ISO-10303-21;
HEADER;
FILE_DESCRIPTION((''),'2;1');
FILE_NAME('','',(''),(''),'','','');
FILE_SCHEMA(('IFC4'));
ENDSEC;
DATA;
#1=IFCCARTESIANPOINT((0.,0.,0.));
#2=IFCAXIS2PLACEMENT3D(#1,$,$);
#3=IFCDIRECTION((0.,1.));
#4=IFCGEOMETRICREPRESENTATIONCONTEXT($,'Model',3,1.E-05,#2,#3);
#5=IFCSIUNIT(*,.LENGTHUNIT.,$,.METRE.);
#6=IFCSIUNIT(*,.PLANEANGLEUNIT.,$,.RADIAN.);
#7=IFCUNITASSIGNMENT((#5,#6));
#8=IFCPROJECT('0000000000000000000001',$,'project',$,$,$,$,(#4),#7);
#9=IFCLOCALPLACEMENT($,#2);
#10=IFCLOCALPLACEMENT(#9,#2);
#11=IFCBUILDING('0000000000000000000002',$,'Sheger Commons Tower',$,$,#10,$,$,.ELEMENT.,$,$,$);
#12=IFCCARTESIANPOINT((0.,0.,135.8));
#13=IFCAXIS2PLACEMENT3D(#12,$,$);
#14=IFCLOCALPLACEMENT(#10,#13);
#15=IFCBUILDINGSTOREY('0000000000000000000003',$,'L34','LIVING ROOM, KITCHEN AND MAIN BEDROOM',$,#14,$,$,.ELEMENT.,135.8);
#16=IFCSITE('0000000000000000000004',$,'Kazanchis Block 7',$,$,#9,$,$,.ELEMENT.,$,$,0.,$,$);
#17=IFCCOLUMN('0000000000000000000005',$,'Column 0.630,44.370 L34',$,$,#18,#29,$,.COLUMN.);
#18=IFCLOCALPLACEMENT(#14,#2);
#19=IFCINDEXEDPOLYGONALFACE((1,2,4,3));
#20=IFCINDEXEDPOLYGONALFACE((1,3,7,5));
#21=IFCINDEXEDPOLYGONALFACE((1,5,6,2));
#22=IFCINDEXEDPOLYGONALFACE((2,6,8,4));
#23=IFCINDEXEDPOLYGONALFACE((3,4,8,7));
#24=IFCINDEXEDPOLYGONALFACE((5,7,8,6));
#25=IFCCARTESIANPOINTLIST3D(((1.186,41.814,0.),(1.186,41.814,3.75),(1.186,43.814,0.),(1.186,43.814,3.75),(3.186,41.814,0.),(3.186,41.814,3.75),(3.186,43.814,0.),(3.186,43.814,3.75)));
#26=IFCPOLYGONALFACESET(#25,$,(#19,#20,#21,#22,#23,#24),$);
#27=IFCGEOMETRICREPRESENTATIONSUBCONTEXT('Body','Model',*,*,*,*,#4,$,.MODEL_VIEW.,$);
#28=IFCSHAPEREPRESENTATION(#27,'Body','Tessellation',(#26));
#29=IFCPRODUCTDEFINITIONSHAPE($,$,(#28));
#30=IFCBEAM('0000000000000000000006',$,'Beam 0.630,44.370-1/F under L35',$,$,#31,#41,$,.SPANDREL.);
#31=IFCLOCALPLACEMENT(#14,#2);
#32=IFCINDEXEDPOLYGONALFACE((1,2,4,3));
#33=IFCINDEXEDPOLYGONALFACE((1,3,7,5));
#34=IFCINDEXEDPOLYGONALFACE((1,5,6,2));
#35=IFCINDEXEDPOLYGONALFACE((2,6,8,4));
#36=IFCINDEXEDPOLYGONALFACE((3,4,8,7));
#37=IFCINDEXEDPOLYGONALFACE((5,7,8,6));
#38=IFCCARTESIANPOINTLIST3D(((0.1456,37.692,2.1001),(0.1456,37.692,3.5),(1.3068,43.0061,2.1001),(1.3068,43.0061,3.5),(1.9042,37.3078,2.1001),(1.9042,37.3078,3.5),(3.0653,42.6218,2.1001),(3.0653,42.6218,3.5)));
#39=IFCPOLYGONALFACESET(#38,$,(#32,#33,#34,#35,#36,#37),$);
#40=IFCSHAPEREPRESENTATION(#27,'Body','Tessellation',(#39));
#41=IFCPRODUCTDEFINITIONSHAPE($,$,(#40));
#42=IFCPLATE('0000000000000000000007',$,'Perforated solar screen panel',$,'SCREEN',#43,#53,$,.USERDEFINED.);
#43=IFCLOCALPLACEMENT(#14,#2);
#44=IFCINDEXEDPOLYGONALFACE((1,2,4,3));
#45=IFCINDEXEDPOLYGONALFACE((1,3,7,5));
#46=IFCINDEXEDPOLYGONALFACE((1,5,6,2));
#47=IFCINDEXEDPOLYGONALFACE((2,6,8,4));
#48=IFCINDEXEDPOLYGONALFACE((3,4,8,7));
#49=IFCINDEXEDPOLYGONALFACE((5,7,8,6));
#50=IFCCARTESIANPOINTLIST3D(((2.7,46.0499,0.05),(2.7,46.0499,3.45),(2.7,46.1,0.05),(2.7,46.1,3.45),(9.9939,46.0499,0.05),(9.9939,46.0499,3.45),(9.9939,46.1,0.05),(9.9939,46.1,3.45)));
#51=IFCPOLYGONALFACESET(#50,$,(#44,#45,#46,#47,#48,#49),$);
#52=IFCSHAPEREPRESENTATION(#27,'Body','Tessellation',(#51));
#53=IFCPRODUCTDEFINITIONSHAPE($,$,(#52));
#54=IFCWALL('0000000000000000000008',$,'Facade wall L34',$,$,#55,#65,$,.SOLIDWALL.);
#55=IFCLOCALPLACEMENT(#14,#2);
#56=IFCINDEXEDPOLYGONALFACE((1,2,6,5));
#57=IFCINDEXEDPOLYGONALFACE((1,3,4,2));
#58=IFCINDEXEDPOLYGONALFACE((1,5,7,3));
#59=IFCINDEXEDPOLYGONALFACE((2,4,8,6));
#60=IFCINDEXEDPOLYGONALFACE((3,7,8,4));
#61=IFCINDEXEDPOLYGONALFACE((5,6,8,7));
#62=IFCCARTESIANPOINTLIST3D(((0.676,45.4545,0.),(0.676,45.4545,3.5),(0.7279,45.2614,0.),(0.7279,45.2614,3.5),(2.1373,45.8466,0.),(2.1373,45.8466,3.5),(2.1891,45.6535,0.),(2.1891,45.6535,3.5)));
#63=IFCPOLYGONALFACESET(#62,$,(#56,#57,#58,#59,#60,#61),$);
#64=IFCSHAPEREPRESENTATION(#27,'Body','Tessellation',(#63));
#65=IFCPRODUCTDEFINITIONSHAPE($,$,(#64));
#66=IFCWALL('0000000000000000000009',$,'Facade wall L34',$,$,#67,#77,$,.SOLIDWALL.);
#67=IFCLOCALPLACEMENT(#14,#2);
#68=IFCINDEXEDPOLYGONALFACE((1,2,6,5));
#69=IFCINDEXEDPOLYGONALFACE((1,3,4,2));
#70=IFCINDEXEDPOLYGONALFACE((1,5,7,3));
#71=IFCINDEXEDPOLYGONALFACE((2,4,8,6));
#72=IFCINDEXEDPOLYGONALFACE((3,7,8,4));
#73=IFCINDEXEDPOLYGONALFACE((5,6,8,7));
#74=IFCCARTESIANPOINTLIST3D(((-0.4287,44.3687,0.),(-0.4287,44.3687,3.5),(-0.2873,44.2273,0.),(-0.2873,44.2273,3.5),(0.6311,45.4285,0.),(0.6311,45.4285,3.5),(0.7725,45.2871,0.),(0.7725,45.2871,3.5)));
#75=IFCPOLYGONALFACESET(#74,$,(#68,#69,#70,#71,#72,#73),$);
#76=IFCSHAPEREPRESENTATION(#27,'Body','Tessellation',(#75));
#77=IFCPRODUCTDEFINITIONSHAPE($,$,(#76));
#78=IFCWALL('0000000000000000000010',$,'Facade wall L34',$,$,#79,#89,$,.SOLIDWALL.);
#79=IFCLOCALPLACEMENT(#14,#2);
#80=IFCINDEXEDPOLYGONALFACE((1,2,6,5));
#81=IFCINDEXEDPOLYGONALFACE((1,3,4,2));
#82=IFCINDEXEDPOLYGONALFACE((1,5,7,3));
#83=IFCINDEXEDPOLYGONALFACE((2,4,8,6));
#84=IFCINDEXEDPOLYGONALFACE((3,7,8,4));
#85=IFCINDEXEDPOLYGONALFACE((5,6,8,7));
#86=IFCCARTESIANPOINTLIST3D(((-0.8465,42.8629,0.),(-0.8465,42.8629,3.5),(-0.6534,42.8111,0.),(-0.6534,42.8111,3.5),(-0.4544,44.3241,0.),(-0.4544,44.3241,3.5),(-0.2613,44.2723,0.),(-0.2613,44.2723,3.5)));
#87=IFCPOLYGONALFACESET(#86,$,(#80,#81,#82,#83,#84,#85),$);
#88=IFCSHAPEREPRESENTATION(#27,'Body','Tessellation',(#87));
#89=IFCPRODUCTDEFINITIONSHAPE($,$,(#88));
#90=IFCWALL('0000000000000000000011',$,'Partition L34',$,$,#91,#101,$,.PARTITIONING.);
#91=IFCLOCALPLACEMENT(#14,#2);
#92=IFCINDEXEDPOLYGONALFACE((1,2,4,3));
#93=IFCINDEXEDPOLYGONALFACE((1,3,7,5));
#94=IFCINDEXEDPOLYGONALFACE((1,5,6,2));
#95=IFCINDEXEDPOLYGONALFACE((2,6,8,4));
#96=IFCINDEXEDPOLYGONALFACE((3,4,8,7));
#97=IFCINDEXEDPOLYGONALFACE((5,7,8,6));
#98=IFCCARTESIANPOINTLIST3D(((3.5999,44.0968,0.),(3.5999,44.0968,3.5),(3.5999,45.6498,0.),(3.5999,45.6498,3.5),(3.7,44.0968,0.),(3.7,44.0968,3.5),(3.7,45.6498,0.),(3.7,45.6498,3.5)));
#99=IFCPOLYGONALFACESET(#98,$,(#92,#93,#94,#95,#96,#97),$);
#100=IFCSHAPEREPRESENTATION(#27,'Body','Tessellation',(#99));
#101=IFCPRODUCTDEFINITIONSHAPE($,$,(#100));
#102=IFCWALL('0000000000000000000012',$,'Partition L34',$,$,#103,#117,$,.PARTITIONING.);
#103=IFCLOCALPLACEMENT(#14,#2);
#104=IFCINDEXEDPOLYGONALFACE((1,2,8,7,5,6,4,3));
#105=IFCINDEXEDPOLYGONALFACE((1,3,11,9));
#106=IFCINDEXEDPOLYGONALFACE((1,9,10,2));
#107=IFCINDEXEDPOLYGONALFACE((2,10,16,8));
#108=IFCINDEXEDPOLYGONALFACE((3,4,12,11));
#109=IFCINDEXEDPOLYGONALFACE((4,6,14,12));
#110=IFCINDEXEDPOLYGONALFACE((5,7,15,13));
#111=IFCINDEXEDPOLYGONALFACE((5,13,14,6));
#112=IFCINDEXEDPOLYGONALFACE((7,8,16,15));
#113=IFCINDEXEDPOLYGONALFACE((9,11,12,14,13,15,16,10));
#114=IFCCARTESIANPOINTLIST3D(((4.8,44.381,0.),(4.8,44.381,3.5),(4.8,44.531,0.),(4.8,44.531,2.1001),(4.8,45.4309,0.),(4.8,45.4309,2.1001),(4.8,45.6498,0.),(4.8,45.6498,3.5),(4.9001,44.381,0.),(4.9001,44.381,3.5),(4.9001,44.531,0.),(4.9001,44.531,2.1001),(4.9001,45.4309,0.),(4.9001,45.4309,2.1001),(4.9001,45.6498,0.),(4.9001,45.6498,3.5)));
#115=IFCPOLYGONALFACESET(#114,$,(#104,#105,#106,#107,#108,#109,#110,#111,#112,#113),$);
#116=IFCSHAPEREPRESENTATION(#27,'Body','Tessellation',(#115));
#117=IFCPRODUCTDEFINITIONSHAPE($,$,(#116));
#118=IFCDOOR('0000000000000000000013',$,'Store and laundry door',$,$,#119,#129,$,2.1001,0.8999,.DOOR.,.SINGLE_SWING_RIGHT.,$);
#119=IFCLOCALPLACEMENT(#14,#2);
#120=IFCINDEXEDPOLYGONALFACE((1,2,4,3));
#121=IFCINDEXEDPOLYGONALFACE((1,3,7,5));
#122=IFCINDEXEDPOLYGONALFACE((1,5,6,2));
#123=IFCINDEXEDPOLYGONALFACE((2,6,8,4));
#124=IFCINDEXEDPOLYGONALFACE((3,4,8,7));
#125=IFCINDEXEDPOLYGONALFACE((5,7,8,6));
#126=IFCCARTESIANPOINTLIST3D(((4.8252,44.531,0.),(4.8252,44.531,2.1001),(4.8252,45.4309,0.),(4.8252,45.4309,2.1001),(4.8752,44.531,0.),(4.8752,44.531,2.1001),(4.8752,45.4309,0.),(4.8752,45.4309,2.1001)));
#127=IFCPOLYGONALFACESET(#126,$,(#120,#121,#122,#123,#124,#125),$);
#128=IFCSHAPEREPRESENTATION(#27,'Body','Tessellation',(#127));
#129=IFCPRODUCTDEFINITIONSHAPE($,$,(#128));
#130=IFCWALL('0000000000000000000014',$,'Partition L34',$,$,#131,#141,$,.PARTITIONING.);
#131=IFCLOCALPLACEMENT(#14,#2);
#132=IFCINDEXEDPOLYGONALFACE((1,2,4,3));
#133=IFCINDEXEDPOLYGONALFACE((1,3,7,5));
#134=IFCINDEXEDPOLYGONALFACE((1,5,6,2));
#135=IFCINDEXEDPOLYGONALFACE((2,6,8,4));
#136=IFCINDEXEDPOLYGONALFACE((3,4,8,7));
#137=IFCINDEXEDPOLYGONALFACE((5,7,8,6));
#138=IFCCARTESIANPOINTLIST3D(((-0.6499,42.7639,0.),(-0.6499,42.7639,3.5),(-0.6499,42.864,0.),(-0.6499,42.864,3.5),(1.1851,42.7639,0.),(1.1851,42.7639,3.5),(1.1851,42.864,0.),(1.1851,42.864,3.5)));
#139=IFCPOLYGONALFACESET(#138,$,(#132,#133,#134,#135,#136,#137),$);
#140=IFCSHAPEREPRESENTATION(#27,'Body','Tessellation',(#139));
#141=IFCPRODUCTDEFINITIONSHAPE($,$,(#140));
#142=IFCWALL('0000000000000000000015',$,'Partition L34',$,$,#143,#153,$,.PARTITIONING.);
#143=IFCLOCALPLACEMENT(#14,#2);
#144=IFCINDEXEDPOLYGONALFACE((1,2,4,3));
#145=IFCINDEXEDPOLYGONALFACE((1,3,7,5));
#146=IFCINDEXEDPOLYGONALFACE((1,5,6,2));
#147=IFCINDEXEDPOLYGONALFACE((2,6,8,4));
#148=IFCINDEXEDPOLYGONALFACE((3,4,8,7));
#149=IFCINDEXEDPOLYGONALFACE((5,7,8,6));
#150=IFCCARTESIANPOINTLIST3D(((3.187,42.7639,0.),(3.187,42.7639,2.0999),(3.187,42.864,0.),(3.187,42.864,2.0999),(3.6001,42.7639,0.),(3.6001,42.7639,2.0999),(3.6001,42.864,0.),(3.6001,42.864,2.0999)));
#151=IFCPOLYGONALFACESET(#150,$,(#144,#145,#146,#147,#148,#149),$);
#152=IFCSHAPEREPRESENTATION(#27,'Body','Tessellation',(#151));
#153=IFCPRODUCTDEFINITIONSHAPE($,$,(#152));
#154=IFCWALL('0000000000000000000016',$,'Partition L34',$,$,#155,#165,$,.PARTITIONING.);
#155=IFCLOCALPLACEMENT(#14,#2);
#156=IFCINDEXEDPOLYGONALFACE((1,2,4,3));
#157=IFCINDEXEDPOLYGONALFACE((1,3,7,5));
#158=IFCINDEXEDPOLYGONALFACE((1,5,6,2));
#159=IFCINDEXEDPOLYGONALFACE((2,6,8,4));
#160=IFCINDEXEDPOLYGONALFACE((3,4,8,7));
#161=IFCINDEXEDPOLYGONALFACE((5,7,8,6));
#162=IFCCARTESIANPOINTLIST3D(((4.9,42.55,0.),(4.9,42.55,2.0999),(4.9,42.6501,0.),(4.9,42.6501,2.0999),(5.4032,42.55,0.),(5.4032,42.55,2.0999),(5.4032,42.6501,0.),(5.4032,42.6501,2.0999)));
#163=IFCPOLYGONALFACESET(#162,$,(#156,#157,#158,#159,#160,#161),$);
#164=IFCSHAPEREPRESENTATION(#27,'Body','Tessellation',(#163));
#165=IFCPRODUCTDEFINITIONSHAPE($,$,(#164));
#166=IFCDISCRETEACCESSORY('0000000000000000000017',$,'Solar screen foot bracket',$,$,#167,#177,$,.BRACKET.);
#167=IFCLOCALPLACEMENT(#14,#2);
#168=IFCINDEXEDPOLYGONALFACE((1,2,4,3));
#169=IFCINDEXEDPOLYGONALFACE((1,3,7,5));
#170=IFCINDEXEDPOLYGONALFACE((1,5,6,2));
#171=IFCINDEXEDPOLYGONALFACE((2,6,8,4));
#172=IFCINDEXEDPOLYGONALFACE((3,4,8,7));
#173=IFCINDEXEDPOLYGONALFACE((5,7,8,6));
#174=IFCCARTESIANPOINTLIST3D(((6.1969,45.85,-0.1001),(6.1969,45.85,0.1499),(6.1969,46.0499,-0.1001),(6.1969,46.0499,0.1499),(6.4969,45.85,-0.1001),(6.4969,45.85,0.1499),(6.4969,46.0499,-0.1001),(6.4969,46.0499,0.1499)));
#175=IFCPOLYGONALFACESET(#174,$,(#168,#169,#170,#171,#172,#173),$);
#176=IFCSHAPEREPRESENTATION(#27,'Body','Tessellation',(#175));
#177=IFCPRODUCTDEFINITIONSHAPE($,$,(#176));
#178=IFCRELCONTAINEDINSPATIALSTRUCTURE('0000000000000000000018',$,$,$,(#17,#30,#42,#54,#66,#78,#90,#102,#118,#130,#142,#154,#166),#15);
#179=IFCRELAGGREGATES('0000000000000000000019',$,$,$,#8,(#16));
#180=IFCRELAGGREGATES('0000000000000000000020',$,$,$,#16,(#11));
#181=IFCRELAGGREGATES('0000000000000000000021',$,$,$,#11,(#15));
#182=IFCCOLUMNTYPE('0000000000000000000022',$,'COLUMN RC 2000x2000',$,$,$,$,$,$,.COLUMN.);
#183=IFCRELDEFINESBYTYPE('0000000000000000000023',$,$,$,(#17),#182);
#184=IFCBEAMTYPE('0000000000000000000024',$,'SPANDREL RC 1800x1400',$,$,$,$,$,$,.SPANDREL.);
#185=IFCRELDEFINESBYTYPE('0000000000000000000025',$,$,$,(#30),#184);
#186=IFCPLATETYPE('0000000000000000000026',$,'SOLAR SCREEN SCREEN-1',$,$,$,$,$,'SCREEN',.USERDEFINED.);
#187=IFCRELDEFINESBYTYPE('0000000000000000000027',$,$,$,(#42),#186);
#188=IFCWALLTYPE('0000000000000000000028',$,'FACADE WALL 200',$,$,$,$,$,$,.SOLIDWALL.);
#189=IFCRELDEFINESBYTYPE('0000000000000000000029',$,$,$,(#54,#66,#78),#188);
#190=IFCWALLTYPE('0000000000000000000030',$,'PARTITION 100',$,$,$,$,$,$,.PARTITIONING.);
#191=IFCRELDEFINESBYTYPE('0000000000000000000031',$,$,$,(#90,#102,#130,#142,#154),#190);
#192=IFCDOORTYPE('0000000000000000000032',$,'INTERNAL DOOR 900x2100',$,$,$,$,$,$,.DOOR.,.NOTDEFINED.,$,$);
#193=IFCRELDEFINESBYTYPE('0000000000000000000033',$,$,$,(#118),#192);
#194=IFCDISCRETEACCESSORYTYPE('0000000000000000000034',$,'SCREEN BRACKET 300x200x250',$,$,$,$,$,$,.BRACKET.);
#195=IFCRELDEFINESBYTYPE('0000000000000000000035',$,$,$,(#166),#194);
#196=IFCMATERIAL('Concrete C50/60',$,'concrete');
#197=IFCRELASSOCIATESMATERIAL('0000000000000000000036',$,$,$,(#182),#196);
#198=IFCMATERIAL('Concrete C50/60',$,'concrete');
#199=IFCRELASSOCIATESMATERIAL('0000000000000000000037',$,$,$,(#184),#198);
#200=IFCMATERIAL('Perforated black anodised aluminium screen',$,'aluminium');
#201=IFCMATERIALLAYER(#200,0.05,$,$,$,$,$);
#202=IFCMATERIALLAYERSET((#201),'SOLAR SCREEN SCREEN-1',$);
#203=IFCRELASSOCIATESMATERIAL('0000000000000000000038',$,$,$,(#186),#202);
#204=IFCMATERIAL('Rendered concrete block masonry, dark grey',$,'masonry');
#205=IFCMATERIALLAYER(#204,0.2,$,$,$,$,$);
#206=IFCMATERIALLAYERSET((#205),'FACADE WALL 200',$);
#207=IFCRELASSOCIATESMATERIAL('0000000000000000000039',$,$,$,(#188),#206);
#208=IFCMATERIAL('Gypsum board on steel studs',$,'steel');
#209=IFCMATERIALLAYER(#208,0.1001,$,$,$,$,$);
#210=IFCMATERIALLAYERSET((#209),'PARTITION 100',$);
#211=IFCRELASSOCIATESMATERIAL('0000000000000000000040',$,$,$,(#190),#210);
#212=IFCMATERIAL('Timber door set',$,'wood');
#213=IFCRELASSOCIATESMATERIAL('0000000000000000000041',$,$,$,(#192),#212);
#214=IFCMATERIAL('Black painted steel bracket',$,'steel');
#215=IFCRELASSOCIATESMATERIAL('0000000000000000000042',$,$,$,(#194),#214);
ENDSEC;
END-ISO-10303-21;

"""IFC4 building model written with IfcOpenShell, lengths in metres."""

from ifc_helpers import new_model, si_unit, direction, frame, frame_2d, origin, origin_2d, place, context, subcontext, project, spatial, rectangle, extrude, material, layer, layer_set, material_profile, profile_set, type_object, element, fill, save


model = new_model("IFC4")

# Units and contexts
model_context = context("Model", 3, precision=1e-05, world=origin(), true_north=direction((0.0, 1.0)))
body_context = subcontext(model_context, "Body", "Model", "MODEL_VIEW")
ifc_project = project(units=[si_unit("LENGTHUNIT", "METRE"), si_unit("PLANEANGLEUNIT", "RADIAN")], contexts=[model_context])

# Site, building, storey
site_placement = place(None, origin())
site = spatial("IfcSite", under=ifc_project, at=site_placement, Name="Kazanchis Block 7", CompositionType="ELEMENT", RefElevation=0.0)
building_placement = place(site_placement, origin())
building = spatial("IfcBuilding", under=site, at=building_placement, Name="Sheger Commons Tower", CompositionType="ELEMENT")
storey_placement = place(building_placement, frame((0.0, 0.0, 135.8)))
storey = spatial("IfcBuildingStorey", under=building, at=storey_placement, Name="L34", Description="LIVING ROOM, KITCHEN AND MAIN BEDROOM", CompositionType="ELEMENT", Elevation=135.8)

# Column
ifc_material_1 = material(Name="Concrete C50/60", Category="concrete")
ifc_material_profile_1 = material_profile(ifc_material_1, rectangle(XDim=2.0, YDim=2.0, at=origin_2d()), Name="RC 2000x2000")
ifc_profile_set_1 = profile_set([ifc_material_profile_1], Name="Concrete C50/60")
column_type = type_object("IfcColumnType", Name="COLUMN RC 2000x2000", PredefinedType="COLUMN", material=ifc_profile_set_1)
column_placement = place(storey_placement, frame((2.186, 42.814, 0.0), z_axis=(0.0, 0.0, 1.0), x_axis=(1.0, 0.0, 0.0)))
element("IfcColumn", 1, at=column_placement, inside=storey, type_object=column_type, Name="Column 0.630,44.370 L34", PredefinedType="COLUMN", context=body_context, shape_type="SweptSolid", body=[
    extrude(rectangle(XDim=2.0, YDim=2.0, at=origin_2d()), origin(), (0.0, 0.0, 1.0), 3.75),
])

# Beam
ifc_material_2 = material(Name="Concrete C50/60", Category="concrete")
ifc_material_profile_2 = material_profile(ifc_material_2, rectangle(XDim=1.8, YDim=1.3999, at=origin_2d()), Name="RC 1800x1400")
ifc_profile_set_2 = profile_set([ifc_material_profile_2], Name="Concrete C50/60")
beam_type = type_object("IfcBeamType", Name="SPANDREL RC 1800x1400", PredefinedType="SPANDREL", material=ifc_profile_set_2)
beam_placement = place(storey_placement, frame((2.186, 42.814, 2.8), z_axis=(-0.213469, -0.97695, 0.0), x_axis=(0.97695, -0.213469, 0.0)))
element("IfcBeam", 2, at=beam_placement, inside=storey, type_object=beam_type, Name="Beam 0.630,44.370-1/F under L35", PredefinedType="SPANDREL", context=body_context, shape_type="SweptSolid", body=[
    extrude(rectangle(XDim=1.8, YDim=1.3999, at=origin_2d()), origin(), (0.0, 0.0, 1.0), 5.4395),
])

# Plate
ifc_material_3 = material(Name="Perforated black anodised aluminium screen", Category="aluminium")
ifc_layer_1 = layer(ifc_material_3, 0.05)
ifc_layer_set_1 = layer_set([ifc_layer_1], Name="SOLAR SCREEN SCREEN-1")
plate_type = type_object("IfcPlateType", Name="SOLAR SCREEN SCREEN-1", ElementType="SCREEN", PredefinedType="USERDEFINED", material=ifc_layer_set_1)
plate_placement = place(storey_placement, frame((6.3469, 46.075, 0.05), z_axis=(0.0, 0.0, 1.0), x_axis=(-1.0, 0.0, 0.0)))
element("IfcPlate", 3, at=plate_placement, inside=storey, type_object=plate_type, Name="Perforated solar screen panel", ObjectType="SCREEN", PredefinedType="USERDEFINED", context=body_context, shape_type="SweptSolid", body=[
    extrude(rectangle(XDim=7.2939, YDim=0.05, at=origin_2d()), origin(), (0.0, 0.0, 1.0), 3.3999),
])

# Walls
ifc_material_4 = material(Name="Rendered concrete block masonry, dark grey", Category="masonry")
ifc_layer_2 = layer(ifc_material_4, 0.2)
ifc_layer_set_2 = layer_set([ifc_layer_2], Name="FACADE WALL 200")
wall_type_1 = type_object("IfcWallType", Name="FACADE WALL 200", PredefinedType="SOLIDWALL", material=ifc_layer_set_2)
wall_1_placement = place(storey_placement, frame((2.1631, 45.75, 0.0), z_axis=(0.0, 0.0, 1.0), x_axis=(-0.965832, -0.259169, 0.0)))
element("IfcWall", 4, at=wall_1_placement, inside=storey, type_object=wall_type_1, Name="Facade wall L34", PredefinedType="SOLIDWALL", context=body_context, shape_type="SweptSolid", body=[
    extrude(rectangle(XDim=1.5129, YDim=0.2, at=frame_2d((0.7563, 0.0))), origin(), (0.0, 0.0, 1.0), 3.5),
])
wall_2_placement = place(storey_placement, frame((0.7019, 45.3579, 0.0), z_axis=(0.0, 0.0, 1.0), x_axis=(-0.707107, -0.707107, 0.0)))
element("IfcWall", 5, at=wall_2_placement, inside=storey, type_object=wall_type_1, Name="Facade wall L34", PredefinedType="SOLIDWALL", context=body_context, shape_type="SweptSolid", body=[
    extrude(rectangle(XDim=1.4988, YDim=0.2, at=frame_2d((0.7495, 0.0))), origin(), (0.0, 0.0, 1.0), 3.5),
])
wall_3_placement = place(storey_placement, frame((-0.3579, 44.2981, 0.0), z_axis=(0.0, 0.0, 1.0), x_axis=(-0.259169, -0.965832, 0.0)))
element("IfcWall", 6, at=wall_3_placement, inside=storey, type_object=wall_type_1, Name="Facade wall L34", PredefinedType="SOLIDWALL", context=body_context, shape_type="SweptSolid", body=[
    extrude(rectangle(XDim=1.5129, YDim=0.2, at=frame_2d((0.7563, 0.0))), origin(), (0.0, 0.0, 1.0), 3.5),
])

# Wall
ifc_material_5 = material(Name="Gypsum board on steel studs", Category="steel")
ifc_layer_3 = layer(ifc_material_5, 0.1001)
ifc_layer_set_3 = layer_set([ifc_layer_3], Name="PARTITION 100")
wall_type_2 = type_object("IfcWallType", Name="PARTITION 100", PredefinedType="PARTITIONING", material=ifc_layer_set_3)
wall_4_placement = place(storey_placement, frame((3.6499, 44.0969, 0.0), z_axis=(0.0, 0.0, 1.0), x_axis=(0.0, 1.0, 0.0)))
element("IfcWall", 7, at=wall_4_placement, inside=storey, type_object=wall_type_2, Name="Partition L34", PredefinedType="PARTITIONING", context=body_context, shape_type="SweptSolid", body=[
    extrude(rectangle(XDim=1.553, YDim=0.1001, at=frame_2d((0.7764, 0.0))), origin(), (0.0, 0.0, 1.0), 3.5),
])

# Wall, opening, door
wall_5_placement = place(storey_placement, frame((4.8501, 44.3811, 0.0), z_axis=(0.0, 0.0, 1.0), x_axis=(0.0, 1.0, 0.0)))
wall_5 = element("IfcWall", 8, at=wall_5_placement, inside=storey, type_object=wall_type_2, Name="Partition L34", PredefinedType="PARTITIONING", context=body_context, shape_type="SweptSolid", body=[
    extrude(rectangle(XDim=1.2688, YDim=0.1001, at=frame_2d((0.6343, 0.0))), origin(), (0.0, 0.0, 1.0), 3.5),
])
opening_1_placement = place(wall_5_placement, frame((0.1499, 0.0, 0.0)))
opening_1 = element("IfcOpeningElement", 9, at=opening_1_placement, cuts=wall_5, PredefinedType="OPENING", context=body_context, shape_type="SweptSolid", body=[
    extrude(rectangle(XDim=0.8999, YDim=2.1001, at=frame_2d((0.45, 1.05))), frame((0.0, 0.0601, 0.0), z_axis=(0.0, -1.0, 0.0), x_axis=(1.0, 0.0, 0.0)), (0.0, 0.0, 1.0), 0.1201),
])
ifc_material_6 = material(Name="Timber door set", Category="wood")
door_type = type_object("IfcDoorType", Name="INTERNAL DOOR 900x2100", OperationType="NOTDEFINED", PredefinedType="DOOR", material=ifc_material_6)
door_placement = place(opening_1_placement, origin())
door = element("IfcDoor", 10, at=door_placement, inside=storey, type_object=door_type, Name="Store and laundry door", OperationType="SINGLE_SWING_RIGHT", OverallHeight=2.1001, OverallWidth=0.8999, PredefinedType="DOOR", context=body_context, shape_type="SweptSolid", body=[
    extrude(rectangle(XDim=0.8999, YDim=2.1001, at=frame_2d((0.45, 1.05))), frame((0.0, 0.0249, 0.0), z_axis=(0.0, -1.0, 0.0), x_axis=(1.0, 0.0, 0.0)), (0.0, 0.0, 1.0), 0.05),
])
fill(opening_1, door)

# Walls
wall_6_placement = place(storey_placement, frame((-0.6499, 42.814, 0.0), z_axis=(0.0, 0.0, 1.0), x_axis=(1.0, 0.0, 0.0)))
element("IfcWall", 11, at=wall_6_placement, inside=storey, type_object=wall_type_2, Name="Partition L34", PredefinedType="PARTITIONING", context=body_context, shape_type="SweptSolid", body=[
    extrude(rectangle(XDim=1.835, YDim=0.1001, at=frame_2d((0.9175, 0.0))), origin(), (0.0, 0.0, 1.0), 3.5),
])
wall_7_placement = place(storey_placement, frame((3.187, 42.814, 0.0), z_axis=(0.0, 0.0, 1.0), x_axis=(1.0, 0.0, 0.0)))
element("IfcWall", 12, at=wall_7_placement, inside=storey, type_object=wall_type_2, Name="Partition L34", PredefinedType="PARTITIONING", context=body_context, shape_type="SweptSolid", body=[
    extrude(rectangle(XDim=0.4131, YDim=0.1001, at=frame_2d((0.2065, 0.0))), origin(), (0.0, 0.0, 1.0), 2.0999),
])
wall_8_placement = place(storey_placement, frame((5.4031, 42.6001, 0.0), z_axis=(0.0, 0.0, 1.0), x_axis=(-1.0, 0.0, 0.0)))
element("IfcWall", 13, at=wall_8_placement, inside=storey, type_object=wall_type_2, Name="Partition L34", PredefinedType="PARTITIONING", context=body_context, shape_type="SweptSolid", body=[
    extrude(rectangle(XDim=0.5032, YDim=0.1001, at=frame_2d((0.2515, 0.0))), origin(), (0.0, 0.0, 1.0), 2.0999),
])

# Discrete accessory
ifc_material_7 = material(Name="Black painted steel bracket", Category="steel")
discrete_accessory_type = type_object("IfcDiscreteAccessoryType", Name="SCREEN BRACKET 300x200x250", PredefinedType="BRACKET", material=ifc_material_7)
for number, where, z_axis, x_axis, name in (
    (14, (6.3469, 45.95, -0.1001), (0.0, 0.0, 1.0), (-1.0, 0.0, 0.0), "Solar screen foot bracket"),
):
    element("IfcDiscreteAccessory", number, at=place(storey_placement, frame(where, z_axis=z_axis, x_axis=x_axis)), inside=storey, type_object=discrete_accessory_type, Name=name, PredefinedType="BRACKET", context=body_context, shape_type="SweptSolid", body=[
        extrude(rectangle(XDim=0.3, YDim=0.2, at=origin_2d()), origin(), (0.0, 0.0, 1.0), 0.25),
    ])

save(model, "model.ifc")
